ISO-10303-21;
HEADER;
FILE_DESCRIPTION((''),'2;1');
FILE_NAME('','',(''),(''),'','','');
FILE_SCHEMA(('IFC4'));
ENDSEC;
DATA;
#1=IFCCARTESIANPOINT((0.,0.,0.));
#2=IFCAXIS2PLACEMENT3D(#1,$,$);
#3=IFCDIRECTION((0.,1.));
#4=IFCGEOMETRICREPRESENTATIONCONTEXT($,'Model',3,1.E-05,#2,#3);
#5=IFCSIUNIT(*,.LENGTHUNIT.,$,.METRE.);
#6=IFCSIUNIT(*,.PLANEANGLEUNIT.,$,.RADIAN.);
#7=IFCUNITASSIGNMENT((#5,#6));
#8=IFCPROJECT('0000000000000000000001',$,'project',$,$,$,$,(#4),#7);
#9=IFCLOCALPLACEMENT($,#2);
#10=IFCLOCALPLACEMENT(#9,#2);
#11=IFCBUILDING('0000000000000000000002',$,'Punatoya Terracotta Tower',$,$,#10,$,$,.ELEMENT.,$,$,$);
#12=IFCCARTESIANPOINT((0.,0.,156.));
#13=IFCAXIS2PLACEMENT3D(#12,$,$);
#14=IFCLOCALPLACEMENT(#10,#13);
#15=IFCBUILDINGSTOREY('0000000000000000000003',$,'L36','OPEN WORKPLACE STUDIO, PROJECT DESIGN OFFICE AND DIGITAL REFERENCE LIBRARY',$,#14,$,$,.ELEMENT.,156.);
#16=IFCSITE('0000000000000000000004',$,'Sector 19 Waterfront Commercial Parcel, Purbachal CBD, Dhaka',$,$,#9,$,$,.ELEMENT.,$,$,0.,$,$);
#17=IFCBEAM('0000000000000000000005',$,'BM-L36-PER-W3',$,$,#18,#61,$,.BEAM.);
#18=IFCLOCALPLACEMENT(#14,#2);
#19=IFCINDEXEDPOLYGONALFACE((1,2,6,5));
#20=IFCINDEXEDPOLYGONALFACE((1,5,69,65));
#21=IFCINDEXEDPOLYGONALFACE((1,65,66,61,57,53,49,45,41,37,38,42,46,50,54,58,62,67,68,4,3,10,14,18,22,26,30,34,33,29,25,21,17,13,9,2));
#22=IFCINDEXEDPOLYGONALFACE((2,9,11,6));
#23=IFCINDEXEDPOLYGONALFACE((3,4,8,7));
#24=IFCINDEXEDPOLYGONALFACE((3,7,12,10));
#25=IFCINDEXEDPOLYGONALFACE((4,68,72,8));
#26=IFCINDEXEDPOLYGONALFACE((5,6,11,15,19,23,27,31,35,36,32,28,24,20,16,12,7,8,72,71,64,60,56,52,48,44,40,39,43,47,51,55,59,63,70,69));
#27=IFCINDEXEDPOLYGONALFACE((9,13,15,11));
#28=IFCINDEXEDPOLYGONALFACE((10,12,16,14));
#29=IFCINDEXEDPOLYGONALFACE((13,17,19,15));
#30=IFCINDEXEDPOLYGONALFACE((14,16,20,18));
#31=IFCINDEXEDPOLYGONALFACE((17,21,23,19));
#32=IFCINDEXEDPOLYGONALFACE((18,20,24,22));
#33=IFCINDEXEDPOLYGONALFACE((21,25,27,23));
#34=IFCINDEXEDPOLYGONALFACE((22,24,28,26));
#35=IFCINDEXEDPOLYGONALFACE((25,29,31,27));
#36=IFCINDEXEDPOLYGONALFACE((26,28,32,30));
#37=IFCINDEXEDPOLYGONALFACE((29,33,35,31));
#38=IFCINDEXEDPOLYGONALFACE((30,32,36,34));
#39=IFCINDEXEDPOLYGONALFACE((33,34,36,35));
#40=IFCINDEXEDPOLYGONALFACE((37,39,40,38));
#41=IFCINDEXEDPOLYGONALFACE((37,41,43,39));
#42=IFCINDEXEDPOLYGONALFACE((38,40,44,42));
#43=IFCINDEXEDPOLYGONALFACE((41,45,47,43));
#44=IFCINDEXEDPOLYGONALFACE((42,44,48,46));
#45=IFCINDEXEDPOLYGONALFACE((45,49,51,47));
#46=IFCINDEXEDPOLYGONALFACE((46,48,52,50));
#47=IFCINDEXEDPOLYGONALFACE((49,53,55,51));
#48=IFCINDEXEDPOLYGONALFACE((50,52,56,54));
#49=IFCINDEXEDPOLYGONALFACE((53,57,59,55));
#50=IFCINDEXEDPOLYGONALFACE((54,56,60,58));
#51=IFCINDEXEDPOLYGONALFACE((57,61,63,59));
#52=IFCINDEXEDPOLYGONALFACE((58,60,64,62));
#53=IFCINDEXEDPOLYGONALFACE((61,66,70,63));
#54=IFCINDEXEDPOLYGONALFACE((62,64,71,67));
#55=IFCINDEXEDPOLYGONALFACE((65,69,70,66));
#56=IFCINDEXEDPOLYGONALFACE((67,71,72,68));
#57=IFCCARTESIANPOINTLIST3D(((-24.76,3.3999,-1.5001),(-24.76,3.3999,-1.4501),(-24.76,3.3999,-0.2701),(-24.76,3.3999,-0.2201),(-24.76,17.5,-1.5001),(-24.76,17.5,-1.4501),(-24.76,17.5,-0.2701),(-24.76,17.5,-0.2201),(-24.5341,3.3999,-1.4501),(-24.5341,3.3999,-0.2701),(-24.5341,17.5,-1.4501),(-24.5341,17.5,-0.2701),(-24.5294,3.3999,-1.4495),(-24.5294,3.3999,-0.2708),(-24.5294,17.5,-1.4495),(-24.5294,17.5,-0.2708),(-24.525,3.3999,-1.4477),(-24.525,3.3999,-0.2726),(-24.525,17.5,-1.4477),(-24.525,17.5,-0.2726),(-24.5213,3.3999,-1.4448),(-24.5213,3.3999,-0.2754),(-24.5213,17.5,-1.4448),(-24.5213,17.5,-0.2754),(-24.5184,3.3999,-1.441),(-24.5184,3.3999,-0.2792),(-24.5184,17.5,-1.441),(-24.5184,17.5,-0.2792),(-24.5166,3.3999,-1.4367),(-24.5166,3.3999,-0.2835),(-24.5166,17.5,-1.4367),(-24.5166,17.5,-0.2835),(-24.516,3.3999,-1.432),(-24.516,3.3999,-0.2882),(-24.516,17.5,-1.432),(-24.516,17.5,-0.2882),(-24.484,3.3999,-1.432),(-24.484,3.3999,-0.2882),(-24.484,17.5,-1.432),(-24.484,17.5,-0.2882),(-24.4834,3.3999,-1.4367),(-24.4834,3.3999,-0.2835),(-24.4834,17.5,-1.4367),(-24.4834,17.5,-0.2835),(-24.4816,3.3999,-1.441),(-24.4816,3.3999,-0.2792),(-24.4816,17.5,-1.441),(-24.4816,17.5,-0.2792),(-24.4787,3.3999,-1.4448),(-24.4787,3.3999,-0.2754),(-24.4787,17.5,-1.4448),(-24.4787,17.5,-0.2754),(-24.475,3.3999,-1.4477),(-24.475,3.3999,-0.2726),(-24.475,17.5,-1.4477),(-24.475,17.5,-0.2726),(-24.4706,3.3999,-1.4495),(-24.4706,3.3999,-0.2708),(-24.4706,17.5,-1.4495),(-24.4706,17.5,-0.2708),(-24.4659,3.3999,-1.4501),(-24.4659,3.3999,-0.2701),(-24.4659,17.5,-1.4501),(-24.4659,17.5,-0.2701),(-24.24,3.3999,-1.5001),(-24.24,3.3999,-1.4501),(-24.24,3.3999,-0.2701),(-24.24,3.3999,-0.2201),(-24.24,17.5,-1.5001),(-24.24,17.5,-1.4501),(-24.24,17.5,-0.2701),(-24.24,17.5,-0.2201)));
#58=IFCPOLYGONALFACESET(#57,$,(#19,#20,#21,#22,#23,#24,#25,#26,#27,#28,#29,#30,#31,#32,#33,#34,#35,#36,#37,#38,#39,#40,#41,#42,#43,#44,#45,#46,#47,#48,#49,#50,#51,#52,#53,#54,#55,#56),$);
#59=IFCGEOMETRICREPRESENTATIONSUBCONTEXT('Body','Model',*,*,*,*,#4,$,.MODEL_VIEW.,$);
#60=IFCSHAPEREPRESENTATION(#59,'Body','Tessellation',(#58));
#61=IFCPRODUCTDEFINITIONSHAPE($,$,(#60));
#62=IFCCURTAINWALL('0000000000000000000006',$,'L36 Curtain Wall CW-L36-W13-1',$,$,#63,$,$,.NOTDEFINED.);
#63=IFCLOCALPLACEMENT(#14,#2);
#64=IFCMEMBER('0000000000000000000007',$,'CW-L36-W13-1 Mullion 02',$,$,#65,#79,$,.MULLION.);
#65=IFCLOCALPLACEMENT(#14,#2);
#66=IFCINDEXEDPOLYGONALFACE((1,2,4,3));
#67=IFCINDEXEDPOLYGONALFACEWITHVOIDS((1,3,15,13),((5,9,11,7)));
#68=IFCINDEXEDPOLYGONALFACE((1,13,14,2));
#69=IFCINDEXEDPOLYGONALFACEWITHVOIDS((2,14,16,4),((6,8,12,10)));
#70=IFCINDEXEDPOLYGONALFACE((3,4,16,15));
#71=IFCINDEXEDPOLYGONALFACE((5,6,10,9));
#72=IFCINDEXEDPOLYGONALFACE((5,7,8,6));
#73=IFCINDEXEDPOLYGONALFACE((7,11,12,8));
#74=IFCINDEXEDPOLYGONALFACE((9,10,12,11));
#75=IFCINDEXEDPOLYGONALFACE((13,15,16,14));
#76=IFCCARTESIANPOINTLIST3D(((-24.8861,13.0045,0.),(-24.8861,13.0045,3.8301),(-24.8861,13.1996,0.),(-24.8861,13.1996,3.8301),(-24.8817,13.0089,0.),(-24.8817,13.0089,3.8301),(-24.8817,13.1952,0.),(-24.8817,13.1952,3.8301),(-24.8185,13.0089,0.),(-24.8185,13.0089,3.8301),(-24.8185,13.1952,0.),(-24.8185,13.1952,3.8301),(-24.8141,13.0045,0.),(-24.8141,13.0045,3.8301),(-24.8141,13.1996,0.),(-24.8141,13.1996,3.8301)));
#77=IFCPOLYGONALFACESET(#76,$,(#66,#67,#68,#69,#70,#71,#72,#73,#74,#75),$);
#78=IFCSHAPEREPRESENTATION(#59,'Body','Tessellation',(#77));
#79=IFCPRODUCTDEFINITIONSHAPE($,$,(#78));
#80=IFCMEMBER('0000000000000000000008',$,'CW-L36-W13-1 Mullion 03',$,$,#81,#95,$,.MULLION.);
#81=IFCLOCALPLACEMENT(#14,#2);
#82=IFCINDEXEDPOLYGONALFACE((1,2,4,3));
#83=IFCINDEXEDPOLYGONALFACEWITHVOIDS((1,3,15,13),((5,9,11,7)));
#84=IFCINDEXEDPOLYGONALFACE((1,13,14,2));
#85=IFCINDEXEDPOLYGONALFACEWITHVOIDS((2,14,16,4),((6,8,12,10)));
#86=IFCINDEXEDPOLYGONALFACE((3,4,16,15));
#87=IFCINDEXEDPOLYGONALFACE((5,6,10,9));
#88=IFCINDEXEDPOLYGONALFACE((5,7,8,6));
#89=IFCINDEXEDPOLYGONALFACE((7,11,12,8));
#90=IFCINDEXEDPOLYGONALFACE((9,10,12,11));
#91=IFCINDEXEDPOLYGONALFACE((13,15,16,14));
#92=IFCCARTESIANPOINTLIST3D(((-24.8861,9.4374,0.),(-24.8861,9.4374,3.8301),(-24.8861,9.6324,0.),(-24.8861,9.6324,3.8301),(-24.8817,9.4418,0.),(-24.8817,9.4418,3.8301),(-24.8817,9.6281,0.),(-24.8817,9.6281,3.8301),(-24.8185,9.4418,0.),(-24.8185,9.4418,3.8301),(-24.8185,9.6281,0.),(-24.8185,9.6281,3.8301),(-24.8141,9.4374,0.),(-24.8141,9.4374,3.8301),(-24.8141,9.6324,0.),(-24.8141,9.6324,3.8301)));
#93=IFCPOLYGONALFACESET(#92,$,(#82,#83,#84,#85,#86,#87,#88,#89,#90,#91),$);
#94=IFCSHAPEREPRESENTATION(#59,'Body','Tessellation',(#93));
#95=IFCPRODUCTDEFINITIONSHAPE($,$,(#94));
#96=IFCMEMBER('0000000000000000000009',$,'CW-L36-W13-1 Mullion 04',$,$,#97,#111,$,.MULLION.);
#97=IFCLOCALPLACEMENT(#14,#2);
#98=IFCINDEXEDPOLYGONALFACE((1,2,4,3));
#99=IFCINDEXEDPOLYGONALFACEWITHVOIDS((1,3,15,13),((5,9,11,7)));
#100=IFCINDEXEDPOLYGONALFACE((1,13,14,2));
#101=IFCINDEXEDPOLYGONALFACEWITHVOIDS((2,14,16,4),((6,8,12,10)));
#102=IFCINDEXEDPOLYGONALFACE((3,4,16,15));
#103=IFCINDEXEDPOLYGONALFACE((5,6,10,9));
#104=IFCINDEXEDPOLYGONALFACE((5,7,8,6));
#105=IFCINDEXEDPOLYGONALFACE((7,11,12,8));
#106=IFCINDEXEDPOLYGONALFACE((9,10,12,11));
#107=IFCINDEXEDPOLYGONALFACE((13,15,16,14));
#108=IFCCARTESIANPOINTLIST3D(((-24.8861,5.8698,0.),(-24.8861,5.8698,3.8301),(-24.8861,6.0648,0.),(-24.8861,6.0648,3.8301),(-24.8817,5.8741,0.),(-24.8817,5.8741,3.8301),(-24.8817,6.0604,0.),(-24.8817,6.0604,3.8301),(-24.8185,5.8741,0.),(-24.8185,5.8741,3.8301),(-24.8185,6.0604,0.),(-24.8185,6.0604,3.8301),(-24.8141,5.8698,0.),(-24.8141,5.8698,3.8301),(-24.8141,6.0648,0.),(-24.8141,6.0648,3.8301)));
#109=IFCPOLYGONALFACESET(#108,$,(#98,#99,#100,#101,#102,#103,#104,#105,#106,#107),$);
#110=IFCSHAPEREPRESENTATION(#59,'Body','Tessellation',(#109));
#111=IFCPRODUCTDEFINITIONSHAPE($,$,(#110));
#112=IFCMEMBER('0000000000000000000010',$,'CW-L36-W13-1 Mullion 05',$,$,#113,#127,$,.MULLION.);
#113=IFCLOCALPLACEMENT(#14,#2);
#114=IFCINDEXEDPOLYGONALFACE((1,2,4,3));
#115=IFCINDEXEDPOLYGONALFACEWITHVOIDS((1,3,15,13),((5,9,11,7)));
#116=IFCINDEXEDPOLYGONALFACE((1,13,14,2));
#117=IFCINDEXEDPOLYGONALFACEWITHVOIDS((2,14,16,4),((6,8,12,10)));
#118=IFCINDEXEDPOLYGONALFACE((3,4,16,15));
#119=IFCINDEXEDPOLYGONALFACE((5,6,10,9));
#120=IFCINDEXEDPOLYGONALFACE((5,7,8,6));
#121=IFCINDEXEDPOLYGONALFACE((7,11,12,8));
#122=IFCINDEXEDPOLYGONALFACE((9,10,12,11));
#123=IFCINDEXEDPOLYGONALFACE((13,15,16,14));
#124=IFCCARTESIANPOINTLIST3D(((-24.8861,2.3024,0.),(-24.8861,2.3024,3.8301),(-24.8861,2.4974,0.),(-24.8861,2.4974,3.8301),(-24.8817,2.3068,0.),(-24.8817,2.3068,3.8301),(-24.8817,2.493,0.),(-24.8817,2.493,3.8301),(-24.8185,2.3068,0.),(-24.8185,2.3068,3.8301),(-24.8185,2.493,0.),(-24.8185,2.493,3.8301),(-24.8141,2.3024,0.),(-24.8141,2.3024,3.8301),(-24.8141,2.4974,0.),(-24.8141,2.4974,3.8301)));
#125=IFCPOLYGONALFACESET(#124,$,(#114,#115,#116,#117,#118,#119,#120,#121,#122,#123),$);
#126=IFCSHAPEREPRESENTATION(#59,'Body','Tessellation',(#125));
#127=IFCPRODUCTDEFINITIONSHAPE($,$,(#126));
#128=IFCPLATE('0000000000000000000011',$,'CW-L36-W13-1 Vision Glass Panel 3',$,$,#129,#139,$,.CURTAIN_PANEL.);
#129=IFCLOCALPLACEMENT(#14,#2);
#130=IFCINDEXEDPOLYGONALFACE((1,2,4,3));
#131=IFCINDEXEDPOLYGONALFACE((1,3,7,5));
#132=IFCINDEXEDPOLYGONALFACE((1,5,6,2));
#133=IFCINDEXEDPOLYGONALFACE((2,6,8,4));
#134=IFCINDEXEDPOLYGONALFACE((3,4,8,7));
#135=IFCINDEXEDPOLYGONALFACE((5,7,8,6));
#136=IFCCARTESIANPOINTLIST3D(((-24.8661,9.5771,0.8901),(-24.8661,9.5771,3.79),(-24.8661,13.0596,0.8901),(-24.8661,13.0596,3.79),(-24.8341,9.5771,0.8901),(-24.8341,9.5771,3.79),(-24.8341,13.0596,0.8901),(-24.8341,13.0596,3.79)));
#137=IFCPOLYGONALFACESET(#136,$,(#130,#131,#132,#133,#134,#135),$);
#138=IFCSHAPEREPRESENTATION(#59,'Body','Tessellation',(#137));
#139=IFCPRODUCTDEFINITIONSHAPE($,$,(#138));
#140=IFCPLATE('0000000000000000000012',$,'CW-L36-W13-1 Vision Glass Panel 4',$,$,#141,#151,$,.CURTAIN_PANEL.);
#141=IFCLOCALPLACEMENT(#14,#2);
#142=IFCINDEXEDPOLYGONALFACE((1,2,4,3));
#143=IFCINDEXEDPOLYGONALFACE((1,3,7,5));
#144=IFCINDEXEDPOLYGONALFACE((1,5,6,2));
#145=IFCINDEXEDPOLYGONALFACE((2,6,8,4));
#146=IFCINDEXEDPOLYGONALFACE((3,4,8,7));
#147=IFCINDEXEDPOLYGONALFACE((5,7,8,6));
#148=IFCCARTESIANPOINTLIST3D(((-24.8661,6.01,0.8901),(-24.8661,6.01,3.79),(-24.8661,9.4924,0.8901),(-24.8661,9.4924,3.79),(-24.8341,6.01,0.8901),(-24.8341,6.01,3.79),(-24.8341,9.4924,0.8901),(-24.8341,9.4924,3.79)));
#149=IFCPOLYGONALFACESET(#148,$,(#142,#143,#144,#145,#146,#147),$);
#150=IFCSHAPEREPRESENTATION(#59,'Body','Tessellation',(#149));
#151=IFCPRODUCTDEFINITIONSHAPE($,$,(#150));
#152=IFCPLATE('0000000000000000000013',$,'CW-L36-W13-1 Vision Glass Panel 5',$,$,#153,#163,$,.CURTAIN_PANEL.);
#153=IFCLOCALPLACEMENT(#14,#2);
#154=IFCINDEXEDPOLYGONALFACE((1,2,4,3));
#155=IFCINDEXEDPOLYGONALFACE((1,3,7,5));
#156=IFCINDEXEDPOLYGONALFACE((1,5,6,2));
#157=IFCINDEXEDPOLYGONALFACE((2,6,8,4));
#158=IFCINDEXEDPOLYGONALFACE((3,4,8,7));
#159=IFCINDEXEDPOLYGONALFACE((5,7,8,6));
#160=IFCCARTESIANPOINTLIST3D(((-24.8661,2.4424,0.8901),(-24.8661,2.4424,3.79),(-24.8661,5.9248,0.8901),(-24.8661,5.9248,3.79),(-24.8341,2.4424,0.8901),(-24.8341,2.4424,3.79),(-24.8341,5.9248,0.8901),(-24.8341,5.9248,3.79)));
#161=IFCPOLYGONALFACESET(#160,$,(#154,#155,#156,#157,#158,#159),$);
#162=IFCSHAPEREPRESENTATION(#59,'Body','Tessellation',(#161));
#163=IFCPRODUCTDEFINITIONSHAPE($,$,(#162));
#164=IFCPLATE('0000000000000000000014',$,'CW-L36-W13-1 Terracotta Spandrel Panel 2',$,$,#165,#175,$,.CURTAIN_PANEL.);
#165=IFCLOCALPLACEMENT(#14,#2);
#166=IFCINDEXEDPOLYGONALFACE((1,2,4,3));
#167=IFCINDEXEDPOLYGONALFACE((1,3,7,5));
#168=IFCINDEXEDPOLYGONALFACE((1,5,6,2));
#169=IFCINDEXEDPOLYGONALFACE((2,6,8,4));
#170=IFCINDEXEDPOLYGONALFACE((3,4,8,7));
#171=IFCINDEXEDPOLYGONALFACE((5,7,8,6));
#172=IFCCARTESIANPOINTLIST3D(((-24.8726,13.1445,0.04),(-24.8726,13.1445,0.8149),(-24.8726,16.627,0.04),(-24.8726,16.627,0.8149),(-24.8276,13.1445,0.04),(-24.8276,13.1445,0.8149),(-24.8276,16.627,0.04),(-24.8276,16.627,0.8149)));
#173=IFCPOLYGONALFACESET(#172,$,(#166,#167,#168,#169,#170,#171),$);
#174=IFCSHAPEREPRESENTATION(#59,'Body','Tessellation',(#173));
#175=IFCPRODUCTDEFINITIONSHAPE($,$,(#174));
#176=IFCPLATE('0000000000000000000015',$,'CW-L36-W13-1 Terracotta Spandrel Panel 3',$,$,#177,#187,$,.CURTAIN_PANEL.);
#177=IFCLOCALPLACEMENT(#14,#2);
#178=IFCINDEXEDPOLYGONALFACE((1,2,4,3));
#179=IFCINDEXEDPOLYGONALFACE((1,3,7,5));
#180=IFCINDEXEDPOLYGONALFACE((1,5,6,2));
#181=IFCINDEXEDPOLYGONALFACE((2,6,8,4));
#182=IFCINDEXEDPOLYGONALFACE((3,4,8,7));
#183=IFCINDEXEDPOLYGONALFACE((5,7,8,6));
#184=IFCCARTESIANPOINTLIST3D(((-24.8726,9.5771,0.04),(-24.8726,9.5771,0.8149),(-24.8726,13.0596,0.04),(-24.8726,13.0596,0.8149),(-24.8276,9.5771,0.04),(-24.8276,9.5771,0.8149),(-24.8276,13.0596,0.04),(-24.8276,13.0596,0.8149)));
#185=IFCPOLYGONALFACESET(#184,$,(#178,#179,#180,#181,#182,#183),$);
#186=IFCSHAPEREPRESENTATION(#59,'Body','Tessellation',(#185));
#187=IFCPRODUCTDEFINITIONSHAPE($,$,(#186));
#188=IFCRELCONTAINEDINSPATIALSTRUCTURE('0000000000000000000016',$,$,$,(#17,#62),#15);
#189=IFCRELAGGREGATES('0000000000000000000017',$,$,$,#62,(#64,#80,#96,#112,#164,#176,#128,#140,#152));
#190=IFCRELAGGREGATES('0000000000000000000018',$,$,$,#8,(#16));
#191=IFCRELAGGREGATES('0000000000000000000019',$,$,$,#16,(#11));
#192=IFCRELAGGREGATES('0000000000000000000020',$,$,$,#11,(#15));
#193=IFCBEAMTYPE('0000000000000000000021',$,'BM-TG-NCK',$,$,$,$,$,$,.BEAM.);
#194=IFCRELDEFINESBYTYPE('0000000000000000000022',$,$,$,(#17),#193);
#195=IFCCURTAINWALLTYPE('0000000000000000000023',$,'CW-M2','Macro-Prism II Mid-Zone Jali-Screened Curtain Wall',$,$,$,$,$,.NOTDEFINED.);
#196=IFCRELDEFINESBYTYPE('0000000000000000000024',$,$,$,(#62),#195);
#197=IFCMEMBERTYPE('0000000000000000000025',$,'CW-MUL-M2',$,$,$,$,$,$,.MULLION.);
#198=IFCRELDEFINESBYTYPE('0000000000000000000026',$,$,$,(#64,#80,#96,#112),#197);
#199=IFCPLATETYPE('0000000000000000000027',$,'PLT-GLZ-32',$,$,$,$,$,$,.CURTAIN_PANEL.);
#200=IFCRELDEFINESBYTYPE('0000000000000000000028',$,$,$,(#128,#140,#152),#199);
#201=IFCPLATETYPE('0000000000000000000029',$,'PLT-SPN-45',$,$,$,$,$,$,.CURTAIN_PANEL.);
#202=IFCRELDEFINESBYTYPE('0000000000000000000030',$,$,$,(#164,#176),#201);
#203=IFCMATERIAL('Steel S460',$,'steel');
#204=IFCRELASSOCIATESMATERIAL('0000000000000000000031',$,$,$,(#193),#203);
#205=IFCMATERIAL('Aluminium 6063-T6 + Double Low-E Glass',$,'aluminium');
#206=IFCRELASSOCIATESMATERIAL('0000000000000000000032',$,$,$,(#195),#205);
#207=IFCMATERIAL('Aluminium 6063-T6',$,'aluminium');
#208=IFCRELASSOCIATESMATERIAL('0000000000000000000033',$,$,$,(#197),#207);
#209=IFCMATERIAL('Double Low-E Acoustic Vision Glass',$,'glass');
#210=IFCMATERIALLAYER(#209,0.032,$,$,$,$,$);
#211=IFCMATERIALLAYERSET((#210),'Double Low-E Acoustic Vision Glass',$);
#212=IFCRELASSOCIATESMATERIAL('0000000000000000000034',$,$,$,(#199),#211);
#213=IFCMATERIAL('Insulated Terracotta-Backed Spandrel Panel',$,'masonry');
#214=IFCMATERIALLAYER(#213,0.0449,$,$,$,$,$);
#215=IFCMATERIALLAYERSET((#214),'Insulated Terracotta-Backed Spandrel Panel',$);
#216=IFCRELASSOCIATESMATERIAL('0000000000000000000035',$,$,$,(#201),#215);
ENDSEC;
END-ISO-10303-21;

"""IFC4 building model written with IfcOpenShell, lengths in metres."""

from ifc_helpers import new_model, si_unit, direction, frame, origin, origin_2d, place, context, subcontext, project, spatial, rectangle, hollow_rectangle, i_section, extrude, material, layer, layer_set, material_profile, profile_set, type_object, element, aggregate, save


model = new_model("IFC4")

# Units and contexts
model_context = context("Model", 3, precision=1e-05, world=origin(), true_north=direction((0.0, 1.0)))
body_context = subcontext(model_context, "Body", "Model", "MODEL_VIEW")
ifc_project = project(units=[si_unit("LENGTHUNIT", "METRE"), si_unit("PLANEANGLEUNIT", "RADIAN")], contexts=[model_context])

# Site, building, storey
site_placement = place(None, origin())
site = spatial("IfcSite", under=ifc_project, at=site_placement, Name="Sector 19 Waterfront Commercial Parcel, Purbachal CBD, Dhaka", CompositionType="ELEMENT", RefElevation=0.0)
building_placement = place(site_placement, origin())
building = spatial("IfcBuilding", under=site, at=building_placement, Name="Punatoya Terracotta Tower", CompositionType="ELEMENT")
storey_placement = place(building_placement, frame((0.0, 0.0, 156.0)))
storey = spatial("IfcBuildingStorey", under=building, at=storey_placement, Name="L36", Description="OPEN WORKPLACE STUDIO, PROJECT DESIGN OFFICE AND DIGITAL REFERENCE LIBRARY", CompositionType="ELEMENT", Elevation=156.0)

# Shared definitions
ifc_material_1 = material(Name="Steel S460", Category="steel")

# Beam
ifc_material_profile_1 = material_profile(ifc_material_1, i_section(OverallWidth=0.52, OverallDepth=1.28, WebThickness=0.032, FlangeThickness=0.05, FilletRadius=0.0181, at=origin_2d()))
ifc_profile_set_1 = profile_set([ifc_material_profile_1], Name="Steel S460")
beam_type_1 = type_object("IfcBeamType", Name="BM-TG-NCK", PredefinedType="BEAM", material=ifc_profile_set_1)
beam_1_placement = place(storey_placement, frame((-24.5, 3.3999, -0.8601), z_axis=(0.0, 1.0, 0.0), x_axis=(-1.0, 0.0, 0.0)))
element("IfcBeam", 1, at=beam_1_placement, inside=storey, type_object=beam_type_1, Name="BM-L36-PER-W3", PredefinedType="BEAM", context=body_context, shape_type="SweptSolid", body=[
    extrude(i_section(OverallWidth=0.52, OverallDepth=1.28, WebThickness=0.032, FlangeThickness=0.05, FilletRadius=0.0181, at=origin_2d()), origin(), (0.0, 0.0, 1.0), 14.1001),
])

# Curtain wall, members, plates
ifc_material_2 = material(Name="Aluminium 6063-T6 + Double Low-E Glass", Category="aluminium")
curtain_wall_type = type_object("IfcCurtainWallType", Name="CW-M2", Description="Macro-Prism II Mid-Zone Jali-Screened Curtain Wall", PredefinedType="NOTDEFINED", material=ifc_material_2)
curtain_wall_placement = place(storey_placement, origin())
curtain_wall = element("IfcCurtainWall", 2, at=curtain_wall_placement, inside=storey, type_object=curtain_wall_type, Name="L36 Curtain Wall CW-L36-W13-1", PredefinedType="NOTDEFINED")
ifc_material_3 = material(Name="Aluminium 6063-T6", Category="aluminium")
ifc_material_profile_2 = material_profile(ifc_material_3, hollow_rectangle(XDim=0.072, YDim=0.1951, WallThickness=0.0044, at=origin_2d()))
ifc_profile_set_2 = profile_set([ifc_material_profile_2], Name="Aluminium 6063-T6")
member_type = type_object("IfcMemberType", Name="CW-MUL-M2", PredefinedType="MULLION", material=ifc_profile_set_2)
member_1_placement = place(storey_placement, frame((-24.8501, 13.1021, 0.0), z_axis=(0.0, 0.0, 1.0), x_axis=(1.0, 0.0, 0.0)))
member_1 = element("IfcMember", 3, at=member_1_placement, type_object=member_type, Name="CW-L36-W13-1 Mullion 02", PredefinedType="MULLION", context=body_context, shape_type="SweptSolid", body=[
    extrude(hollow_rectangle(XDim=0.072, YDim=0.1951, WallThickness=0.0044, at=origin_2d()), origin(), (0.0, 0.0, 1.0), 3.8301),
])
member_2_placement = place(storey_placement, frame((-24.8501, 9.5349, 0.0), z_axis=(0.0, 0.0, 1.0), x_axis=(1.0, 0.0, 0.0)))
member_2 = element("IfcMember", 4, at=member_2_placement, type_object=member_type, Name="CW-L36-W13-1 Mullion 03", PredefinedType="MULLION", context=body_context, shape_type="SweptSolid", body=[
    extrude(hollow_rectangle(XDim=0.072, YDim=0.1951, WallThickness=0.0044, at=origin_2d()), origin(), (0.0, 0.0, 1.0), 3.8301),
])
member_3_placement = place(storey_placement, frame((-24.8501, 5.9673, 0.0), z_axis=(0.0, 0.0, 1.0), x_axis=(1.0, 0.0, 0.0)))
member_3 = element("IfcMember", 5, at=member_3_placement, type_object=member_type, Name="CW-L36-W13-1 Mullion 04", PredefinedType="MULLION", context=body_context, shape_type="SweptSolid", body=[
    extrude(hollow_rectangle(XDim=0.072, YDim=0.1951, WallThickness=0.0044, at=origin_2d()), origin(), (0.0, 0.0, 1.0), 3.8301),
])
member_4_placement = place(storey_placement, frame((-24.8501, 2.3999, 0.0), z_axis=(0.0, 0.0, 1.0), x_axis=(1.0, 0.0, 0.0)))
member_4 = element("IfcMember", 6, at=member_4_placement, type_object=member_type, Name="CW-L36-W13-1 Mullion 05", PredefinedType="MULLION", context=body_context, shape_type="SweptSolid", body=[
    extrude(hollow_rectangle(XDim=0.072, YDim=0.1951, WallThickness=0.0044, at=origin_2d()), origin(), (0.0, 0.0, 1.0), 3.8301),
])
ifc_material_4 = material(Name="Double Low-E Acoustic Vision Glass", Category="glass")
ifc_layer_1 = layer(ifc_material_4, 0.032)
ifc_layer_set_1 = layer_set([ifc_layer_1], Name="Double Low-E Acoustic Vision Glass")
plate_type_1 = type_object("IfcPlateType", Name="PLT-GLZ-32", PredefinedType="CURTAIN_PANEL", material=ifc_layer_set_1)
plate_1_placement = place(storey_placement, frame((-24.8501, 11.3184, 0.8901), z_axis=(0.0, 0.0, 1.0), x_axis=(0.0, -1.0, 0.0)))
plate_1 = element("IfcPlate", 7, at=plate_1_placement, type_object=plate_type_1, Name="CW-L36-W13-1 Vision Glass Panel 3", PredefinedType="CURTAIN_PANEL", context=body_context, shape_type="SweptSolid", body=[
    extrude(rectangle(XDim=3.4824, YDim=0.032, at=origin_2d()), origin(), (0.0, 0.0, 1.0), 2.8999),
])
plate_2_placement = place(storey_placement, frame((-24.8501, 7.7512, 0.8901), z_axis=(0.0, 0.0, 1.0), x_axis=(0.0, -1.0, 0.0)))
plate_2 = element("IfcPlate", 8, at=plate_2_placement, type_object=plate_type_1, Name="CW-L36-W13-1 Vision Glass Panel 4", PredefinedType="CURTAIN_PANEL", context=body_context, shape_type="SweptSolid", body=[
    extrude(rectangle(XDim=3.4824, YDim=0.032, at=origin_2d()), origin(), (0.0, 0.0, 1.0), 2.8999),
])
plate_3_placement = place(storey_placement, frame((-24.8501, 4.1836, 0.8901), z_axis=(0.0, 0.0, 1.0), x_axis=(0.0, -1.0, 0.0)))
plate_3 = element("IfcPlate", 9, at=plate_3_placement, type_object=plate_type_1, Name="CW-L36-W13-1 Vision Glass Panel 5", PredefinedType="CURTAIN_PANEL", context=body_context, shape_type="SweptSolid", body=[
    extrude(rectangle(XDim=3.4824, YDim=0.032, at=origin_2d()), origin(), (0.0, 0.0, 1.0), 2.8999),
])
ifc_material_5 = material(Name="Insulated Terracotta-Backed Spandrel Panel", Category="masonry")
ifc_layer_2 = layer(ifc_material_5, 0.0449)
ifc_layer_set_2 = layer_set([ifc_layer_2], Name="Insulated Terracotta-Backed Spandrel Panel")
plate_type_2 = type_object("IfcPlateType", Name="PLT-SPN-45", PredefinedType="CURTAIN_PANEL", material=ifc_layer_set_2)
plate_4_placement = place(storey_placement, frame((-24.8501, 14.8857, 0.04), z_axis=(0.0, 0.0, 1.0), x_axis=(0.0, -1.0, 0.0)))
plate_4 = element("IfcPlate", 10, at=plate_4_placement, type_object=plate_type_2, Name="CW-L36-W13-1 Terracotta Spandrel Panel 2", PredefinedType="CURTAIN_PANEL", context=body_context, shape_type="SweptSolid", body=[
    extrude(rectangle(XDim=3.4824, YDim=0.0449, at=origin_2d()), origin(), (0.0, 0.0, 1.0), 0.7749),
])
plate_5_placement = place(storey_placement, frame((-24.8501, 11.3184, 0.04), z_axis=(0.0, 0.0, 1.0), x_axis=(0.0, -1.0, 0.0)))
plate_5 = element("IfcPlate", 11, at=plate_5_placement, type_object=plate_type_2, Name="CW-L36-W13-1 Terracotta Spandrel Panel 3", PredefinedType="CURTAIN_PANEL", context=body_context, shape_type="SweptSolid", body=[
    extrude(rectangle(XDim=3.4824, YDim=0.0449, at=origin_2d()), origin(), (0.0, 0.0, 1.0), 0.7749),
])
aggregate(curtain_wall, [member_1, member_2, member_3, member_4, plate_4, plate_5, plate_1, plate_2, plate_3])

save(model, "model.ifc")
